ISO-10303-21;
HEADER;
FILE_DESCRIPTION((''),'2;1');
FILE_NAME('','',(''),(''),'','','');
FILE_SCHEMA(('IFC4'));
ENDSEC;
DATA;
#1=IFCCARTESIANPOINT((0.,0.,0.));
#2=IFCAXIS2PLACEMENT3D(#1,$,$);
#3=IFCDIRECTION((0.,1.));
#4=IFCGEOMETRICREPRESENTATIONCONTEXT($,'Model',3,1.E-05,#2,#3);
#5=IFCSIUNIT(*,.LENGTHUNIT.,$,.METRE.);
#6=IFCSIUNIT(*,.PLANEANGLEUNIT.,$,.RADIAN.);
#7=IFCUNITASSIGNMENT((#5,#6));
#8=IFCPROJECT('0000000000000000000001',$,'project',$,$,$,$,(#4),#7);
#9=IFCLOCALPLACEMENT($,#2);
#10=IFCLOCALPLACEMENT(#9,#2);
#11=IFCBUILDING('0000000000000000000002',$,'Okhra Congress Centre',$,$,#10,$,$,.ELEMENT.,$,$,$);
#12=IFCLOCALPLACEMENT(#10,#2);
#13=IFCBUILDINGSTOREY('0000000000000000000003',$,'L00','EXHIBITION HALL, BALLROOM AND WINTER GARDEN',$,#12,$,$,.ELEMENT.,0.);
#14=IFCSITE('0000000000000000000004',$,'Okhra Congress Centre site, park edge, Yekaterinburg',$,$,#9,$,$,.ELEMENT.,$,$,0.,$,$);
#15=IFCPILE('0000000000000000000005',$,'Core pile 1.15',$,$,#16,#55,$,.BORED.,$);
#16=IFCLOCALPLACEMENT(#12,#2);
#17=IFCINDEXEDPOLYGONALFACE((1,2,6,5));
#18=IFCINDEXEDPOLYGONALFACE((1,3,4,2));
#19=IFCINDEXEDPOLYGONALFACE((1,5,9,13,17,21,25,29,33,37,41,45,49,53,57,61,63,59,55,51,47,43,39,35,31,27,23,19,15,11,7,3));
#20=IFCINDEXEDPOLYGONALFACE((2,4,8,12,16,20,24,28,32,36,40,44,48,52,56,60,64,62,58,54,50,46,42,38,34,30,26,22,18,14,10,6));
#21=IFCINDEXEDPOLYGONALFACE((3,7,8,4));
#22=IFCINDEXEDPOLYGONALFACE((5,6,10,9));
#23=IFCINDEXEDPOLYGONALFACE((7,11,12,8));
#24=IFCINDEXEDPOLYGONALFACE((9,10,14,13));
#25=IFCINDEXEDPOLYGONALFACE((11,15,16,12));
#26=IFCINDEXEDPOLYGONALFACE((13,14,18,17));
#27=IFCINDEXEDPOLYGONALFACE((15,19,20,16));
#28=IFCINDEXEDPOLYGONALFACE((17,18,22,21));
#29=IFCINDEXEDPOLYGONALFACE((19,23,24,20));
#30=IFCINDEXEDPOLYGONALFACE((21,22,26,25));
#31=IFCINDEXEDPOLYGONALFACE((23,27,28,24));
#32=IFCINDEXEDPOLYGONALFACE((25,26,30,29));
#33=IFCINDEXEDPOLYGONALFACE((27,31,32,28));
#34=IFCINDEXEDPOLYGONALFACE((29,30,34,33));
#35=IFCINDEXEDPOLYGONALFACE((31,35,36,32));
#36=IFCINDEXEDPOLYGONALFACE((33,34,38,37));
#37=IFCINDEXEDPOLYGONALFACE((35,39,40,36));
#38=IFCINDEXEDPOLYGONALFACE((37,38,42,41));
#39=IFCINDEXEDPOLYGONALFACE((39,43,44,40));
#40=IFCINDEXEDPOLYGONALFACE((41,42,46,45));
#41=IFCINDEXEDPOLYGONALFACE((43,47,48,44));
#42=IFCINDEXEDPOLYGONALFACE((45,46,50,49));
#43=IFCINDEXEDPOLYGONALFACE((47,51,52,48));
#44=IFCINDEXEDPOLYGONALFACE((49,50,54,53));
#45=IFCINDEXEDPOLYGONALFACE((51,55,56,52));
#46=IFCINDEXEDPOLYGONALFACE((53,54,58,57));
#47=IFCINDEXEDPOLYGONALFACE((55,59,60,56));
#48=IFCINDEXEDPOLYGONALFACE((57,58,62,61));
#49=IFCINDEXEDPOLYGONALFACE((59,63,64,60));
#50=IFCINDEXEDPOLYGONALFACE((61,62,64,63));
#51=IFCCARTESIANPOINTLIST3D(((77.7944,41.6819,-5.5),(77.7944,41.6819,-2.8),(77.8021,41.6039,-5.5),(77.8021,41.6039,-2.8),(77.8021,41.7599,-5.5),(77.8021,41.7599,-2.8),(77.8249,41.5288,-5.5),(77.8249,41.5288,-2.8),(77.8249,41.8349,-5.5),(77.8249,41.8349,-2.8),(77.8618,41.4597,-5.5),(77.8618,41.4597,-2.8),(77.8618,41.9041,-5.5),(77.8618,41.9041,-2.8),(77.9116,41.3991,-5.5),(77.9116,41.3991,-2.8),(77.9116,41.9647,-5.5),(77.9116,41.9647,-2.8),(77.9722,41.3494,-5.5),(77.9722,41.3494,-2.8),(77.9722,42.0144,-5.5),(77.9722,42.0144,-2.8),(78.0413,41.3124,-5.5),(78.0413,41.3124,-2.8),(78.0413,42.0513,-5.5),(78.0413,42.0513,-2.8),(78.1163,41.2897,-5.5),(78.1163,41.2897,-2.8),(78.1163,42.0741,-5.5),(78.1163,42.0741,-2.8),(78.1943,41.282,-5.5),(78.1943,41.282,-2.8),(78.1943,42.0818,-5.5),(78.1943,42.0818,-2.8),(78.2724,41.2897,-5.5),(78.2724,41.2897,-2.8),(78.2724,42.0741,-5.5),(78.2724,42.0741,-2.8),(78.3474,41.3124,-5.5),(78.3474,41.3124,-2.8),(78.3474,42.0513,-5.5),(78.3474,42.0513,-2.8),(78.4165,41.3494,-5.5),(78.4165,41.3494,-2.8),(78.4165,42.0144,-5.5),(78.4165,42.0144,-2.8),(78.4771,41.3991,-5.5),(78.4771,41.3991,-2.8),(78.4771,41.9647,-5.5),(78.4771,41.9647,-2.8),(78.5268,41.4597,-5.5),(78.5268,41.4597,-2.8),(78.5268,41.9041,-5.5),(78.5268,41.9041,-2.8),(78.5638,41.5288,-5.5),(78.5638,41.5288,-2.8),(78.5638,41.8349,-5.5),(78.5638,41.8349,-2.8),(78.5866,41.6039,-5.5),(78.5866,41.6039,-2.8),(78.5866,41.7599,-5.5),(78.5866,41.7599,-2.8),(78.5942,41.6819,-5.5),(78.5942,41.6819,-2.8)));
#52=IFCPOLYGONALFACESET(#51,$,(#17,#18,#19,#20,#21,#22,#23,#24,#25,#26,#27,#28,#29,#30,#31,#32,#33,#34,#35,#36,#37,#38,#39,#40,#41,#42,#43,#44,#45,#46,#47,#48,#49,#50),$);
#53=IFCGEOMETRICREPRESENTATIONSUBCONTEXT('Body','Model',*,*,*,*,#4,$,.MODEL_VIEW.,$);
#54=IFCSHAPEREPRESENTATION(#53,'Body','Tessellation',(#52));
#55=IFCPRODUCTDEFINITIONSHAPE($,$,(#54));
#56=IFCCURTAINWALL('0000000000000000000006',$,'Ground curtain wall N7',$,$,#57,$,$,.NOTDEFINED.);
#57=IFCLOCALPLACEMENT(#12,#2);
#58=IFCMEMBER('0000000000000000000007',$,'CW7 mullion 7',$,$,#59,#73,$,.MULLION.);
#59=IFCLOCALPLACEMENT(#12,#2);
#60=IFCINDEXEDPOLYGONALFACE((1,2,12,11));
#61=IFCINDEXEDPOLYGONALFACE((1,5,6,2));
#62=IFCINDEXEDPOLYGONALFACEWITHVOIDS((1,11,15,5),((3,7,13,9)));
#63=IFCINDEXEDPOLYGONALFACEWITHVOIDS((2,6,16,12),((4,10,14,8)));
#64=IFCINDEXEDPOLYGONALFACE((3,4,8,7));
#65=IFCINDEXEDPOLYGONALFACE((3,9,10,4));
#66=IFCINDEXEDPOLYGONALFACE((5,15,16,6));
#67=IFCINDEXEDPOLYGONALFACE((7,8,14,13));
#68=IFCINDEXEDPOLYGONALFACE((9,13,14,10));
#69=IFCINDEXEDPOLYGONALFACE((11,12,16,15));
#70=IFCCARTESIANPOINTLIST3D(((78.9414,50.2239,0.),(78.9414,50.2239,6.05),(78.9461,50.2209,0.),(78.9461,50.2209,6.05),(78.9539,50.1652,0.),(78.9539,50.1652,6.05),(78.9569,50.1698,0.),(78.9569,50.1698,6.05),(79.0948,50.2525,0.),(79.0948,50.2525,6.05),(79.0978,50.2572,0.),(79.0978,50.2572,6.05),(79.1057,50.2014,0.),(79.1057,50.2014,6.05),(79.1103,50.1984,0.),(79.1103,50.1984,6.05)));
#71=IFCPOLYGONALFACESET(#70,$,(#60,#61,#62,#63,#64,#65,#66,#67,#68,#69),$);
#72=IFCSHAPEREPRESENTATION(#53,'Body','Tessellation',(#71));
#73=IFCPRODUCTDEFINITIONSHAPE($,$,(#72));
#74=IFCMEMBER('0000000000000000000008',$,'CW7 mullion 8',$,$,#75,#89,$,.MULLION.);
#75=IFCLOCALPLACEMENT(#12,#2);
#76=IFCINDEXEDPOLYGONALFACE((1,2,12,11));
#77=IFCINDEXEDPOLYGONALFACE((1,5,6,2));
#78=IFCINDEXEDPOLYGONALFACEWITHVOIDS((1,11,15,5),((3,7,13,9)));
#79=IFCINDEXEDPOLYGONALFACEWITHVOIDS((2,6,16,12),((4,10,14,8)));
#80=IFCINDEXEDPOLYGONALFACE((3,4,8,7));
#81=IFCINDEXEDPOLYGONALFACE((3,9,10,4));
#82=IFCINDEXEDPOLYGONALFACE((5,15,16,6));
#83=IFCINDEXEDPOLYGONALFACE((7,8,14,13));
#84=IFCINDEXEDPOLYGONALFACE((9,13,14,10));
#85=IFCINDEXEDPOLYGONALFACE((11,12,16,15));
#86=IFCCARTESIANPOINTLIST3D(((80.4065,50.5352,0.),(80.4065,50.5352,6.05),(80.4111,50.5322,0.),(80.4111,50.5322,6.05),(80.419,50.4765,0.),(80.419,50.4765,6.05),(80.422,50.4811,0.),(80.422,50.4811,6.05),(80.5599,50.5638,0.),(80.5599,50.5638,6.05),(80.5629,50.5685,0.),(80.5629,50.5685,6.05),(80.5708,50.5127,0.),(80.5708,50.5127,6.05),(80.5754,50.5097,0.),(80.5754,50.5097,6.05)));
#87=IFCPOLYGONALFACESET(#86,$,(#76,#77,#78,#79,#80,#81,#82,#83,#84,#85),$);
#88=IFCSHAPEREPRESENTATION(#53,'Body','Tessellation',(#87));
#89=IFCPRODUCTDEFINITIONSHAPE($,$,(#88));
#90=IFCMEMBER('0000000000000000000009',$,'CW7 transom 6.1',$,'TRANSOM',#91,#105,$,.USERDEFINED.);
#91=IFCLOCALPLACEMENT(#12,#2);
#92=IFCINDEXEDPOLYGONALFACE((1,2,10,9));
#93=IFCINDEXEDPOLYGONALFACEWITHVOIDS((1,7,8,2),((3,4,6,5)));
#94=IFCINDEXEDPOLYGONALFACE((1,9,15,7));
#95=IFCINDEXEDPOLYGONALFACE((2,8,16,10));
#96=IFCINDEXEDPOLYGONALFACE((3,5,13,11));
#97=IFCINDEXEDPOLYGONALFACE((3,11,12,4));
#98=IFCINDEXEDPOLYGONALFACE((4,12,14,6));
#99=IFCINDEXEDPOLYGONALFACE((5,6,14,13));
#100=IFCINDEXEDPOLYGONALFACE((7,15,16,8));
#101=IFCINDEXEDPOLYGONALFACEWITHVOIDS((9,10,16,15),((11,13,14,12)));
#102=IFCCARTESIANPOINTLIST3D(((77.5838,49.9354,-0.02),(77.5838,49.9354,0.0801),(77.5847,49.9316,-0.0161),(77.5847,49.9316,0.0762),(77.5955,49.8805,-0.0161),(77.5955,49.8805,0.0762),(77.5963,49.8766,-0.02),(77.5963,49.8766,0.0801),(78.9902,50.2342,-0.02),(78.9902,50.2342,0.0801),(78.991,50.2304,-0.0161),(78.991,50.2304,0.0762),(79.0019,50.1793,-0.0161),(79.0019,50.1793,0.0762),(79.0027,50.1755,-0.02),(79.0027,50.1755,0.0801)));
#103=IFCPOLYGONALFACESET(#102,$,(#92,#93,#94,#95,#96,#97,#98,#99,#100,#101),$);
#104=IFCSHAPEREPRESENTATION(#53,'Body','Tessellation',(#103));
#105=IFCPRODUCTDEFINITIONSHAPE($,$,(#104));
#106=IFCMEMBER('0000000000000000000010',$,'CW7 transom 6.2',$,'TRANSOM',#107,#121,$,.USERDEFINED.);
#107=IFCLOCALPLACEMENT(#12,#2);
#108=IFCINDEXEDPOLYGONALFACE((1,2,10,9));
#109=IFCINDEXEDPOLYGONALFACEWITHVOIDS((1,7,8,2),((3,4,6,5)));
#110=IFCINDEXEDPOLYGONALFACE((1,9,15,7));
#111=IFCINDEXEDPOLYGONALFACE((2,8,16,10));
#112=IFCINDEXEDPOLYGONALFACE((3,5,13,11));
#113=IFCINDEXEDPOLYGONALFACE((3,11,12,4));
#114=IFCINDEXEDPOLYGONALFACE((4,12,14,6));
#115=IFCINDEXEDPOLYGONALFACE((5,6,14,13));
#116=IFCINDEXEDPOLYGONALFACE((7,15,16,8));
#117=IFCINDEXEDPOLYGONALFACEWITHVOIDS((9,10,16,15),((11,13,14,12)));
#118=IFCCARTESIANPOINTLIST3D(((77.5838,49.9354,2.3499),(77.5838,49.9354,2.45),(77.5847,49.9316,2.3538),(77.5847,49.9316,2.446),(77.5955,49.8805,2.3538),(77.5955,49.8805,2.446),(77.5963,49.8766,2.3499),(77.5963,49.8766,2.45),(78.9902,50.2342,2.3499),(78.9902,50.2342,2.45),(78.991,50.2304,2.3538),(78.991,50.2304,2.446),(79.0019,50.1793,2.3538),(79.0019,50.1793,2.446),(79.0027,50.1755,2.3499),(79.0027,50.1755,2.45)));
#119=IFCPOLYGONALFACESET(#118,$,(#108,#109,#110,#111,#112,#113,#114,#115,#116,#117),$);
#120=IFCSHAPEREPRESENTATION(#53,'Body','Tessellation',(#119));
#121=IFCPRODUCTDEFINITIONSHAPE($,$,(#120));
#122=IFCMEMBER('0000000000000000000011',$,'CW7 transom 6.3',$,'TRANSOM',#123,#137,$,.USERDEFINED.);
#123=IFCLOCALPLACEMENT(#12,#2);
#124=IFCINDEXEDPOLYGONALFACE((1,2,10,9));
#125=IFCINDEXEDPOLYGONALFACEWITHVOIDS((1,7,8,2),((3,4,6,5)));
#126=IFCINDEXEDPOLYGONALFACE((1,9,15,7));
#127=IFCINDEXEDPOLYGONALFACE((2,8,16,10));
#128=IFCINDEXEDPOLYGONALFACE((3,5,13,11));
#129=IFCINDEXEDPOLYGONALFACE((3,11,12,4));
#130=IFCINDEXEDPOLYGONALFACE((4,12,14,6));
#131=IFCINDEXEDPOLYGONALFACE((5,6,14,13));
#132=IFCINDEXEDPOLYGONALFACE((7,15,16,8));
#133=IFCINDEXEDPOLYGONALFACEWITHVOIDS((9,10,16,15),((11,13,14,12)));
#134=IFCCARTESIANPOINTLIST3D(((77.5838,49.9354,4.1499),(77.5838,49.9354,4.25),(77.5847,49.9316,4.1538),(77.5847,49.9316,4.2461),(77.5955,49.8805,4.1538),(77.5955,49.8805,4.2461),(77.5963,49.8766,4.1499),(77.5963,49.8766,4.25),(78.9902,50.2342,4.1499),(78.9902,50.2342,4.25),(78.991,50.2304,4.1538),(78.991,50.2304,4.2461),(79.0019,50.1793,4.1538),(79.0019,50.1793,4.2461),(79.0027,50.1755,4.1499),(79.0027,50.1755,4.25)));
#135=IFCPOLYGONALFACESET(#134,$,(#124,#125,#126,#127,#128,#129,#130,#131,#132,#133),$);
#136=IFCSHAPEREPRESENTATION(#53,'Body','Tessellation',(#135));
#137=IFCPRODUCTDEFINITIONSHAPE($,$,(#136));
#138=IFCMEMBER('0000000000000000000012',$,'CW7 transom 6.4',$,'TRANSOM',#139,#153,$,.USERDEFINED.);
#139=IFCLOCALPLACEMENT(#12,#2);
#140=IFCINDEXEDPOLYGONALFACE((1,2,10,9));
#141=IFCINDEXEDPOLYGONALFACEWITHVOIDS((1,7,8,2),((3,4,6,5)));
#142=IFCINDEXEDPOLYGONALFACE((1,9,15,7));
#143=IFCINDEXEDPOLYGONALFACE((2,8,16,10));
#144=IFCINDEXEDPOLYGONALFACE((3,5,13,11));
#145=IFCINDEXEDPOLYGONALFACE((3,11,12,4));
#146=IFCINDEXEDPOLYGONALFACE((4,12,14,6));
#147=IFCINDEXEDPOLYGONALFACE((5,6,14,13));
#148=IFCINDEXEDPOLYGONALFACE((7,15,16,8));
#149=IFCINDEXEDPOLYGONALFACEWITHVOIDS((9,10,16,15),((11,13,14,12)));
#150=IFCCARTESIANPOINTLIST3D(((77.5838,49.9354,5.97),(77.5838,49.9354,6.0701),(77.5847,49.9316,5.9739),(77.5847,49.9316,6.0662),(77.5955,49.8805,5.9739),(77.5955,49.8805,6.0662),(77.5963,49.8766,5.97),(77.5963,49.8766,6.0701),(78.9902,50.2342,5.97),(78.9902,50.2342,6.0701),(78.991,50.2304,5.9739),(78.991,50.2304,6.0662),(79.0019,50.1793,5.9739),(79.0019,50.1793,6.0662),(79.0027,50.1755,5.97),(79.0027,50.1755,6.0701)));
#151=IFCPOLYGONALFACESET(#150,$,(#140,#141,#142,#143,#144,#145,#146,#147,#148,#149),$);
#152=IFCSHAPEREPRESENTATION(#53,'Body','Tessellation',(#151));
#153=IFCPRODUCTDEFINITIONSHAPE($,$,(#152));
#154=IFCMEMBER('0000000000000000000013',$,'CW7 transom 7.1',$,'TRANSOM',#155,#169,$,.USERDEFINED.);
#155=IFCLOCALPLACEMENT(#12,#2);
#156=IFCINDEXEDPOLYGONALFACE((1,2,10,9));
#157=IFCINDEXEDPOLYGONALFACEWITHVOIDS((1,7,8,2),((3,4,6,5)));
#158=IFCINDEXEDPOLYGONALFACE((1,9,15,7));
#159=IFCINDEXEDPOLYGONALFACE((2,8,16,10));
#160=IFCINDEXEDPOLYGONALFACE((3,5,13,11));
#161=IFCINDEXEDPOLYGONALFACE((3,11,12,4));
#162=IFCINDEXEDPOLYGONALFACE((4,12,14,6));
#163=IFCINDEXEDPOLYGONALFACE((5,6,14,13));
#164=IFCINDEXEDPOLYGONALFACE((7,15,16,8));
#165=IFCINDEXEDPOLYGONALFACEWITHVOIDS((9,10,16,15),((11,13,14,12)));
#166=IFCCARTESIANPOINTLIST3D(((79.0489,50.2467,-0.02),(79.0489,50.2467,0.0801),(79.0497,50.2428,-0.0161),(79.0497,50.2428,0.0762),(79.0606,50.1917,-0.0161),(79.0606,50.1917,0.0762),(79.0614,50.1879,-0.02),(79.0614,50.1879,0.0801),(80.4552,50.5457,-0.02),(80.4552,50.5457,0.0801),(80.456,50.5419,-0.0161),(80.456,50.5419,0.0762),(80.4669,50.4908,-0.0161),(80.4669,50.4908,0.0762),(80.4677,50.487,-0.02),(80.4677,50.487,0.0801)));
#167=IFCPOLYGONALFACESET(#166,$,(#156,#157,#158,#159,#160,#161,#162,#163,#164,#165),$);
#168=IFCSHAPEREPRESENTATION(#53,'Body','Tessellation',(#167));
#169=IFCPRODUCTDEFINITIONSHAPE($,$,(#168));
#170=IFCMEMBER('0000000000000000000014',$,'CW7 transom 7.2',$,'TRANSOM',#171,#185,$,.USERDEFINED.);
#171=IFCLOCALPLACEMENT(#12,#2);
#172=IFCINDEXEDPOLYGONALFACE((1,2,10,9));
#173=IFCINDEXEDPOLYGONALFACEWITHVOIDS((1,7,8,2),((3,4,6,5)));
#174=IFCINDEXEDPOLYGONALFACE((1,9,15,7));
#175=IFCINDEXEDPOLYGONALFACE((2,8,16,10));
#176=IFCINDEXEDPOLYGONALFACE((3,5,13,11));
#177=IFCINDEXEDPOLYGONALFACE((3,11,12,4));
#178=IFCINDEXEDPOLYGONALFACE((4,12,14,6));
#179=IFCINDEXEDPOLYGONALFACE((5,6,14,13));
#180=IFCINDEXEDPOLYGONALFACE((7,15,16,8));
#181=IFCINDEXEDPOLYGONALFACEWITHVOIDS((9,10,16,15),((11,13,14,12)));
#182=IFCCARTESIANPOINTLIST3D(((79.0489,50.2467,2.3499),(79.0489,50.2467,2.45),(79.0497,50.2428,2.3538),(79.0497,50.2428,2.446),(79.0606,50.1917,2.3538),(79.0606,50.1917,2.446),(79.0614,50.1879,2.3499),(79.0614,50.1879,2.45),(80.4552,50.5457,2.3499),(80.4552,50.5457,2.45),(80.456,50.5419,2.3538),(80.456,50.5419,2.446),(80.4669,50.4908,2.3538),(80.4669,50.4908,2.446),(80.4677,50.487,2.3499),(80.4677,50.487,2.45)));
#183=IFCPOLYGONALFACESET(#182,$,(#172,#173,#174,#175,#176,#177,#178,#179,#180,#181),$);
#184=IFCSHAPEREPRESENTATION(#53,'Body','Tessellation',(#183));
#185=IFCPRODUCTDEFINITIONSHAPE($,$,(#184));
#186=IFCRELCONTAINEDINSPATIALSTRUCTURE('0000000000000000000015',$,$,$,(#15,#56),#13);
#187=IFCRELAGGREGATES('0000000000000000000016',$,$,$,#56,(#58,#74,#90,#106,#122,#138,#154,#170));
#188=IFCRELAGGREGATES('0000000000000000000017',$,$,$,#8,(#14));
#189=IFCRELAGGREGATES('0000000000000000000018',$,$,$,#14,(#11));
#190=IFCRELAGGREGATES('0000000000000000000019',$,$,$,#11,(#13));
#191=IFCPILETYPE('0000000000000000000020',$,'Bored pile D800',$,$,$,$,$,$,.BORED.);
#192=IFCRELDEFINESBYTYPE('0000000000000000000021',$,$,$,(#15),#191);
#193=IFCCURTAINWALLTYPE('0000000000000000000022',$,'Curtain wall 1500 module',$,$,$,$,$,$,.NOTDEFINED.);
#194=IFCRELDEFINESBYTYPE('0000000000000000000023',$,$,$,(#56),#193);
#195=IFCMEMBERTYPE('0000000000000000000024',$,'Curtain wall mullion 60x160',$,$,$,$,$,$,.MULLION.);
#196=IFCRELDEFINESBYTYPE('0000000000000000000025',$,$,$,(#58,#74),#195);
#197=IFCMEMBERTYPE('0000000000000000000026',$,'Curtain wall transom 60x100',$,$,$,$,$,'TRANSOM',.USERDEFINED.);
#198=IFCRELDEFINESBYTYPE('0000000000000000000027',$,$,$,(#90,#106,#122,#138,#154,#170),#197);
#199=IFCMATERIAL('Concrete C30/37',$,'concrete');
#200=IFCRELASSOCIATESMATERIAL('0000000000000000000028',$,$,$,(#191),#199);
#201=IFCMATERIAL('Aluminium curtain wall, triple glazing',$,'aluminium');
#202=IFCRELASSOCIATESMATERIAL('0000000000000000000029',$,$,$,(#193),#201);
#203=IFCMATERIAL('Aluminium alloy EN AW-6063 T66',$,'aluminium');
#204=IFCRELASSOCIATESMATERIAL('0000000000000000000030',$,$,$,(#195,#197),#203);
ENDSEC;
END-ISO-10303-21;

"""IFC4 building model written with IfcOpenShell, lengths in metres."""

from ifc_helpers import new_model, si_unit, direction, frame, origin, origin_2d, place, context, subcontext, project, spatial, hollow_rectangle, circle, extrude, material, material_profile, profile_set, type_object, element, aggregate, save


model = new_model("IFC4")

# Units and contexts
model_context = context("Model", 3, precision=1e-05, world=origin(), true_north=direction((0.0, 1.0)))
body_context = subcontext(model_context, "Body", "Model", "MODEL_VIEW")
ifc_project = project(units=[si_unit("LENGTHUNIT", "METRE"), si_unit("PLANEANGLEUNIT", "RADIAN")], contexts=[model_context])

# Site, building, storey
site_placement = place(None, origin())
site = spatial("IfcSite", under=ifc_project, at=site_placement, Name="Okhra Congress Centre site, park edge, Yekaterinburg", CompositionType="ELEMENT", RefElevation=0.0)
building_placement = place(site_placement, origin())
building = spatial("IfcBuilding", under=site, at=building_placement, Name="Okhra Congress Centre", CompositionType="ELEMENT")
storey_placement = place(building_placement, origin())
storey = spatial("IfcBuildingStorey", under=building, at=storey_placement, Name="L00", Description="EXHIBITION HALL, BALLROOM AND WINTER GARDEN", CompositionType="ELEMENT", Elevation=0.0)

# Pile
ifc_material_1 = material(Name="Concrete C30/37", Category="concrete")
ifc_material_profile_1 = material_profile(ifc_material_1, circle(Radius=0.3999, at=origin_2d()), Name="D800")
ifc_profile_set_1 = profile_set([ifc_material_profile_1], Name="Concrete C30/37")
pile_type = type_object("IfcPileType", Name="Bored pile D800", PredefinedType="BORED", material=ifc_profile_set_1)
pile_placement = place(storey_placement, frame((78.1943, 41.6819, -2.8), z_axis=(0.0, 0.0, -1.0), x_axis=(1.0, 0.0, 0.0)))
element("IfcPile", 1, at=pile_placement, inside=storey, type_object=pile_type, Name="Core pile 1.15", PredefinedType="BORED", context=body_context, shape_type="SweptSolid", body=[
    extrude(circle(Radius=0.3999, at=origin_2d()), origin(), (0.0, 0.0, 1.0), 2.7),
])

# Curtain wall, members
ifc_material_2 = material(Name="Aluminium curtain wall, triple glazing", Category="aluminium")
curtain_wall_type = type_object("IfcCurtainWallType", Name="Curtain wall 1500 module", PredefinedType="NOTDEFINED", material=ifc_material_2)
curtain_wall_placement = place(storey_placement, origin())
curtain_wall = element("IfcCurtainWall", 2, at=curtain_wall_placement, inside=storey, type_object=curtain_wall_type, Name="Ground curtain wall N7", PredefinedType="NOTDEFINED")
ifc_material_3 = material(Name="Aluminium alloy EN AW-6063 T66", Category="aluminium")
ifc_material_profile_2 = material_profile(ifc_material_3, hollow_rectangle(XDim=0.0601, YDim=0.1599, WallThickness=0.0039, at=origin_2d()), Name="RHS 60x160x4")
ifc_profile_set_2 = profile_set([ifc_material_profile_2], Name="Aluminium alloy EN AW-6063 T66")
member_type_1 = type_object("IfcMemberType", Name="Curtain wall mullion 60x160", PredefinedType="MULLION", material=ifc_profile_set_2)
member_1_placement = place(storey_placement, frame((79.0259, 50.2112, 0.0), z_axis=(0.0, 0.0, 1.0), x_axis=(-0.207912, 0.978148, 0.0)))
member_1 = element("IfcMember", 3, at=member_1_placement, type_object=member_type_1, Name="CW7 mullion 7", PredefinedType="MULLION", context=body_context, shape_type="SweptSolid", body=[
    extrude(hollow_rectangle(XDim=0.0601, YDim=0.1599, WallThickness=0.0039, at=origin_2d()), origin(), (0.0, 0.0, 1.0), 6.05),
])
member_2_placement = place(storey_placement, frame((80.491, 50.5225, 0.0), z_axis=(0.0, 0.0, 1.0), x_axis=(-0.207912, 0.978148, 0.0)))
member_2 = element("IfcMember", 4, at=member_2_placement, type_object=member_type_1, Name="CW7 mullion 8", PredefinedType="MULLION", context=body_context, shape_type="SweptSolid", body=[
    extrude(hollow_rectangle(XDim=0.0601, YDim=0.1599, WallThickness=0.0039, at=origin_2d()), origin(), (0.0, 0.0, 1.0), 6.05),
])
ifc_material_profile_3 = material_profile(ifc_material_3, hollow_rectangle(XDim=0.0601, YDim=0.1001, WallThickness=0.0039, at=origin_2d()), Name="RHS 60x100x4")
ifc_profile_set_3 = profile_set([ifc_material_profile_3], Name="Aluminium alloy EN AW-6063 T66")
member_type_2 = type_object("IfcMemberType", Name="Curtain wall transom 60x100", ElementType="TRANSOM", PredefinedType="USERDEFINED", material=ifc_profile_set_3)
member_3_placement = place(storey_placement, frame((77.5901, 49.906, 0.03), z_axis=(0.978159, 0.207859, 0.0), x_axis=(-0.207859, 0.978159, 0.0)))
member_3 = element("IfcMember", 5, at=member_3_placement, type_object=member_type_2, Name="CW7 transom 6.1", ObjectType="TRANSOM", PredefinedType="USERDEFINED", context=body_context, shape_type="SweptSolid", body=[
    extrude(hollow_rectangle(XDim=0.0601, YDim=0.1001, WallThickness=0.0039, at=origin_2d()), origin(), (0.0, 0.0, 1.0), 1.4377),
])
member_4_placement = place(storey_placement, frame((77.5901, 49.906, 2.3999), z_axis=(0.978159, 0.207859, 0.0), x_axis=(-0.207859, 0.978159, 0.0)))
member_4 = element("IfcMember", 6, at=member_4_placement, type_object=member_type_2, Name="CW7 transom 6.2", ObjectType="TRANSOM", PredefinedType="USERDEFINED", context=body_context, shape_type="SweptSolid", body=[
    extrude(hollow_rectangle(XDim=0.0601, YDim=0.1001, WallThickness=0.0039, at=origin_2d()), origin(), (0.0, 0.0, 1.0), 1.4377),
])
member_5_placement = place(storey_placement, frame((77.5901, 49.906, 4.2), z_axis=(0.978159, 0.207859, 0.0), x_axis=(-0.207859, 0.978159, 0.0)))
member_5 = element("IfcMember", 7, at=member_5_placement, type_object=member_type_2, Name="CW7 transom 6.3", ObjectType="TRANSOM", PredefinedType="USERDEFINED", context=body_context, shape_type="SweptSolid", body=[
    extrude(hollow_rectangle(XDim=0.0601, YDim=0.1001, WallThickness=0.0039, at=origin_2d()), origin(), (0.0, 0.0, 1.0), 1.4377),
])
member_6_placement = place(storey_placement, frame((77.5901, 49.906, 6.02), z_axis=(0.978159, 0.207859, 0.0), x_axis=(-0.207859, 0.978159, 0.0)))
member_6 = element("IfcMember", 8, at=member_6_placement, type_object=member_type_2, Name="CW7 transom 6.4", ObjectType="TRANSOM", PredefinedType="USERDEFINED", context=body_context, shape_type="SweptSolid", body=[
    extrude(hollow_rectangle(XDim=0.0601, YDim=0.1001, WallThickness=0.0039, at=origin_2d()), origin(), (0.0, 0.0, 1.0), 1.4377),
])
member_7_placement = place(storey_placement, frame((79.0552, 50.2173, 0.03), z_axis=(0.978124, 0.208021, 0.0), x_axis=(-0.208021, 0.978124, 0.0)))
member_7 = element("IfcMember", 9, at=member_7_placement, type_object=member_type_2, Name="CW7 transom 7.1", ObjectType="TRANSOM", PredefinedType="USERDEFINED", context=body_context, shape_type="SweptSolid", body=[
    extrude(hollow_rectangle(XDim=0.0601, YDim=0.1001, WallThickness=0.0039, at=origin_2d()), origin(), (0.0, 0.0, 1.0), 1.4377),
])
member_8_placement = place(storey_placement, frame((79.0552, 50.2173, 2.3999), z_axis=(0.978124, 0.208021, 0.0), x_axis=(-0.208021, 0.978124, 0.0)))
member_8 = element("IfcMember", 10, at=member_8_placement, type_object=member_type_2, Name="CW7 transom 7.2", ObjectType="TRANSOM", PredefinedType="USERDEFINED", context=body_context, shape_type="SweptSolid", body=[
    extrude(hollow_rectangle(XDim=0.0601, YDim=0.1001, WallThickness=0.0039, at=origin_2d()), origin(), (0.0, 0.0, 1.0), 1.4377),
])
aggregate(curtain_wall, [member_1, member_2, member_3, member_4, member_5, member_6, member_7, member_8])

save(model, "model.ifc")
